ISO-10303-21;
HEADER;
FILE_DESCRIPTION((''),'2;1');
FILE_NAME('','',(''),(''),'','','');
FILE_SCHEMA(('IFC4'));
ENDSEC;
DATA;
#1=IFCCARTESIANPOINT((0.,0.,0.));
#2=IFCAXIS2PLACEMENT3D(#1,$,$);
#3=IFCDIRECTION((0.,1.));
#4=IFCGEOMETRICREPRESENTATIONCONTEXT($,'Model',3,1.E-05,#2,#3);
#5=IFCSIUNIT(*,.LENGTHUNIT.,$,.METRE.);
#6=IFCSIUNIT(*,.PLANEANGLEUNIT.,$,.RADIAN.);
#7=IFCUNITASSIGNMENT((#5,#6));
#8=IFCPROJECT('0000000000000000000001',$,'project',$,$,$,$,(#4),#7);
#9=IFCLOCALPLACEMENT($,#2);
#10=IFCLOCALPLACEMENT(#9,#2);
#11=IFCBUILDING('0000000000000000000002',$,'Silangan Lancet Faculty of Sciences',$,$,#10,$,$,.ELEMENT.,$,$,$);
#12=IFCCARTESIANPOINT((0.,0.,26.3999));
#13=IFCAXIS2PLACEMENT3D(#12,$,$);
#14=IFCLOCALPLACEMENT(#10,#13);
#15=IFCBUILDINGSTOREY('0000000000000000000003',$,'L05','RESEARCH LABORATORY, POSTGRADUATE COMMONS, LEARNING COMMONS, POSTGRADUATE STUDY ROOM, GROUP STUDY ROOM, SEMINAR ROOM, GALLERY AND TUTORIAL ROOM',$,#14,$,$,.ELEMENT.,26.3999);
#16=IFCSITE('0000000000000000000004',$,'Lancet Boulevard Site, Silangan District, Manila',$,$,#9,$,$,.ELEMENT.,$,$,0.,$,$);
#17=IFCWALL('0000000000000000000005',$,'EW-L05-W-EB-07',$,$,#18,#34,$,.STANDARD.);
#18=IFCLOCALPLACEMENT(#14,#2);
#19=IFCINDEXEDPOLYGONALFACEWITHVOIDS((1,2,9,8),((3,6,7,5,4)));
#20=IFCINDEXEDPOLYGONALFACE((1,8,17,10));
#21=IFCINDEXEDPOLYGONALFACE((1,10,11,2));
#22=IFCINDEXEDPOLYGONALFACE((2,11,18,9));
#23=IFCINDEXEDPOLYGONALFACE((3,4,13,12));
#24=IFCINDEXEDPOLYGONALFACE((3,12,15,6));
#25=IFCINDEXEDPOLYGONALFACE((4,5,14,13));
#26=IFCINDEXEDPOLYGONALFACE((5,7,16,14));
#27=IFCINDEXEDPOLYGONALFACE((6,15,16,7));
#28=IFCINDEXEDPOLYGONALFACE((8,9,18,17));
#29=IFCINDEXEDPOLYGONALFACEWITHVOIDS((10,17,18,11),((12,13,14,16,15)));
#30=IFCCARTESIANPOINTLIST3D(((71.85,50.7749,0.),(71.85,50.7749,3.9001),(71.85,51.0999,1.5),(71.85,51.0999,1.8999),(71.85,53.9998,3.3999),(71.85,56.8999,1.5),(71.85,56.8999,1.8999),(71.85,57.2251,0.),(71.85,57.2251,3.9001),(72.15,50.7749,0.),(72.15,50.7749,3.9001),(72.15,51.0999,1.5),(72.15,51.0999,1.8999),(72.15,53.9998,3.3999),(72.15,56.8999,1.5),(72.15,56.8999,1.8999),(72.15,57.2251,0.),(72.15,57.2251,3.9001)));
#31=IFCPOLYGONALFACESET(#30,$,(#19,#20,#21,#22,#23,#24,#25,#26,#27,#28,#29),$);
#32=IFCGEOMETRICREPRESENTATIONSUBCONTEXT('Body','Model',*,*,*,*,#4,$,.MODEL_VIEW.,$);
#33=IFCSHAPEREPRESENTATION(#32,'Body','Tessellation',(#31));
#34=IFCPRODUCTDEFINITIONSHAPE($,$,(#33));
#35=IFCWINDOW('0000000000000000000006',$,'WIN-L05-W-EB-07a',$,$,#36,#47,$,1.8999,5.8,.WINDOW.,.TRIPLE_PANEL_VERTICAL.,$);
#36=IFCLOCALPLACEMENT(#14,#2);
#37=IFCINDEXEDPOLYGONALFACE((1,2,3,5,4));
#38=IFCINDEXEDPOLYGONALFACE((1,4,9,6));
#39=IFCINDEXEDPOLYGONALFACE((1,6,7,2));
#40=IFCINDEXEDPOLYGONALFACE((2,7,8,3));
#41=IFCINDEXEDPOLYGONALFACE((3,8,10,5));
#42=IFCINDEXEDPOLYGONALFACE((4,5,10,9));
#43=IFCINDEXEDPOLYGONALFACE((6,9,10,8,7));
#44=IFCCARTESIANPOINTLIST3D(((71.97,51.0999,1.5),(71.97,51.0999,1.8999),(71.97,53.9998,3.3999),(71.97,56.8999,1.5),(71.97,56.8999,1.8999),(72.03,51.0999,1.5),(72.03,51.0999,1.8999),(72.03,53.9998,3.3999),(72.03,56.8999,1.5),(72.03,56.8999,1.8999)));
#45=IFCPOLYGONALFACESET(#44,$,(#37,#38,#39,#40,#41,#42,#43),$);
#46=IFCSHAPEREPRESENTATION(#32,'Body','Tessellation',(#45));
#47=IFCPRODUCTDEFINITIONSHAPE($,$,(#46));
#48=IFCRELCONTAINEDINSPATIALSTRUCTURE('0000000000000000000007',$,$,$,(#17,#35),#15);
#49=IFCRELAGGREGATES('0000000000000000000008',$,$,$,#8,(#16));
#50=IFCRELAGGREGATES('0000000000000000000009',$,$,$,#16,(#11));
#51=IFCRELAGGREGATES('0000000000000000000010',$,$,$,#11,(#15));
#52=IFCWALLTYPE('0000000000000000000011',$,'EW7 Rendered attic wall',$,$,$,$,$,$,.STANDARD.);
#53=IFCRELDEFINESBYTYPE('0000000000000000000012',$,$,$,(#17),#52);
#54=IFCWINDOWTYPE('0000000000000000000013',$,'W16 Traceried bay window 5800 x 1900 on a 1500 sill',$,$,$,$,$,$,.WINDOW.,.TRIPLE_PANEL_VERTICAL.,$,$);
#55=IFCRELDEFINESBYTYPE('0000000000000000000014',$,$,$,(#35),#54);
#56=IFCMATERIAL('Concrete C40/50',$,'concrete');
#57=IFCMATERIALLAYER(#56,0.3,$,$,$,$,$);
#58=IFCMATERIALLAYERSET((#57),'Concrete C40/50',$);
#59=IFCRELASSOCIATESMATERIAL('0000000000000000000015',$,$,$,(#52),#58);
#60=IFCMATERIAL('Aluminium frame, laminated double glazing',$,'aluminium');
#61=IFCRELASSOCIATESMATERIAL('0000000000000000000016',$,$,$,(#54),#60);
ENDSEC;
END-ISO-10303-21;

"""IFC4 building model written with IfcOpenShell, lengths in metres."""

from ifc_helpers import new_model, si_unit, direction, frame, frame_2d, origin, place, context, subcontext, project, spatial, polyline, rectangle, outline, extrude, material, layer, layer_set, type_object, element, fill, save


model = new_model("IFC4")

# Units and contexts
model_context = context("Model", 3, precision=1e-05, world=origin(), true_north=direction((0.0, 1.0)))
body_context = subcontext(model_context, "Body", "Model", "MODEL_VIEW")
ifc_project = project(units=[si_unit("LENGTHUNIT", "METRE"), si_unit("PLANEANGLEUNIT", "RADIAN")], contexts=[model_context])

# Site, building, storey
site_placement = place(None, origin())
site = spatial("IfcSite", under=ifc_project, at=site_placement, Name="Lancet Boulevard Site, Silangan District, Manila", CompositionType="ELEMENT", RefElevation=0.0)
building_placement = place(site_placement, origin())
building = spatial("IfcBuilding", under=site, at=building_placement, Name="Silangan Lancet Faculty of Sciences", CompositionType="ELEMENT")
storey_placement = place(building_placement, frame((0.0, 0.0, 26.3999)))
storey = spatial("IfcBuildingStorey", under=building, at=storey_placement, Name="L05", Description="RESEARCH LABORATORY, POSTGRADUATE COMMONS, LEARNING COMMONS, POSTGRADUATE STUDY ROOM, GROUP STUDY ROOM, SEMINAR ROOM, GALLERY AND TUTORIAL ROOM", CompositionType="ELEMENT", Elevation=26.3999)

# Wall, opening, window
ifc_material_1 = material(Name="Concrete C40/50", Category="concrete")
ifc_layer_1 = layer(ifc_material_1, 0.3)
ifc_layer_set_1 = layer_set([ifc_layer_1], Name="Concrete C40/50")
wall_type = type_object("IfcWallType", Name="EW7 Rendered attic wall", PredefinedType="STANDARD", material=ifc_layer_set_1)
ifc_material_2 = material(Name="Aluminium frame, laminated double glazing", Category="aluminium")
window_type = type_object("IfcWindowType", Name="W16 Traceried bay window 5800 x 1900 on a 1500 sill", PartitioningType="TRIPLE_PANEL_VERTICAL", PredefinedType="WINDOW", material=ifc_material_2)
wall_1_placement = place(storey_placement, frame((72.0, 50.7749, 0.0), z_axis=(0.0, 0.0, 1.0), x_axis=(0.0, 1.0, 0.0)))
wall_1 = element("IfcWall", 1, at=wall_1_placement, inside=storey, type_object=wall_type, Name="EW-L05-W-EB-07", PredefinedType="STANDARD", context=body_context, shape_type="SweptSolid", body=[
    extrude(rectangle(XDim=6.4502, YDim=0.3, at=frame_2d((3.2251, 0.0))), origin(), (0.0, 0.0, 1.0), 3.9001),
])
opening_1_placement = place(wall_1_placement, frame((0.325, 0.0, 1.5)))
opening_1 = element("IfcOpeningElement", 2, at=opening_1_placement, cuts=wall_1, PredefinedType="OPENING", context=body_context, shape_type="SweptSolid", body=[
    extrude(outline(polyline([(0.0, 0.0), (5.8, 0.0), (5.8, 0.3999), (2.8999, 1.8999), (0.0, 0.3999), (0.0, 0.0)])), frame((0.0, 0.1599, 0.0), z_axis=(0.0, -1.0, 0.0), x_axis=(1.0, 0.0, 0.0)), (0.0, 0.0, 1.0), 0.3201),
])
window_1_placement = place(opening_1_placement, origin())
window_1 = element("IfcWindow", 3, at=window_1_placement, inside=storey, type_object=window_type, Name="WIN-L05-W-EB-07a", OverallHeight=1.8999, OverallWidth=5.8, PartitioningType="TRIPLE_PANEL_VERTICAL", PredefinedType="WINDOW", context=body_context, shape_type="SweptSolid", body=[
    extrude(outline(polyline([(0.0, 0.0), (5.8, 0.0), (5.8, 0.3999), (2.8999, 1.8999), (0.0, 0.3999), (0.0, 0.0)])), frame((0.0, 0.03, 0.0), z_axis=(0.0, -1.0, 0.0), x_axis=(1.0, 0.0, 0.0)), (0.0, 0.0, 1.0), 0.0601),
])
fill(opening_1, window_1)

save(model, "model.ifc")
